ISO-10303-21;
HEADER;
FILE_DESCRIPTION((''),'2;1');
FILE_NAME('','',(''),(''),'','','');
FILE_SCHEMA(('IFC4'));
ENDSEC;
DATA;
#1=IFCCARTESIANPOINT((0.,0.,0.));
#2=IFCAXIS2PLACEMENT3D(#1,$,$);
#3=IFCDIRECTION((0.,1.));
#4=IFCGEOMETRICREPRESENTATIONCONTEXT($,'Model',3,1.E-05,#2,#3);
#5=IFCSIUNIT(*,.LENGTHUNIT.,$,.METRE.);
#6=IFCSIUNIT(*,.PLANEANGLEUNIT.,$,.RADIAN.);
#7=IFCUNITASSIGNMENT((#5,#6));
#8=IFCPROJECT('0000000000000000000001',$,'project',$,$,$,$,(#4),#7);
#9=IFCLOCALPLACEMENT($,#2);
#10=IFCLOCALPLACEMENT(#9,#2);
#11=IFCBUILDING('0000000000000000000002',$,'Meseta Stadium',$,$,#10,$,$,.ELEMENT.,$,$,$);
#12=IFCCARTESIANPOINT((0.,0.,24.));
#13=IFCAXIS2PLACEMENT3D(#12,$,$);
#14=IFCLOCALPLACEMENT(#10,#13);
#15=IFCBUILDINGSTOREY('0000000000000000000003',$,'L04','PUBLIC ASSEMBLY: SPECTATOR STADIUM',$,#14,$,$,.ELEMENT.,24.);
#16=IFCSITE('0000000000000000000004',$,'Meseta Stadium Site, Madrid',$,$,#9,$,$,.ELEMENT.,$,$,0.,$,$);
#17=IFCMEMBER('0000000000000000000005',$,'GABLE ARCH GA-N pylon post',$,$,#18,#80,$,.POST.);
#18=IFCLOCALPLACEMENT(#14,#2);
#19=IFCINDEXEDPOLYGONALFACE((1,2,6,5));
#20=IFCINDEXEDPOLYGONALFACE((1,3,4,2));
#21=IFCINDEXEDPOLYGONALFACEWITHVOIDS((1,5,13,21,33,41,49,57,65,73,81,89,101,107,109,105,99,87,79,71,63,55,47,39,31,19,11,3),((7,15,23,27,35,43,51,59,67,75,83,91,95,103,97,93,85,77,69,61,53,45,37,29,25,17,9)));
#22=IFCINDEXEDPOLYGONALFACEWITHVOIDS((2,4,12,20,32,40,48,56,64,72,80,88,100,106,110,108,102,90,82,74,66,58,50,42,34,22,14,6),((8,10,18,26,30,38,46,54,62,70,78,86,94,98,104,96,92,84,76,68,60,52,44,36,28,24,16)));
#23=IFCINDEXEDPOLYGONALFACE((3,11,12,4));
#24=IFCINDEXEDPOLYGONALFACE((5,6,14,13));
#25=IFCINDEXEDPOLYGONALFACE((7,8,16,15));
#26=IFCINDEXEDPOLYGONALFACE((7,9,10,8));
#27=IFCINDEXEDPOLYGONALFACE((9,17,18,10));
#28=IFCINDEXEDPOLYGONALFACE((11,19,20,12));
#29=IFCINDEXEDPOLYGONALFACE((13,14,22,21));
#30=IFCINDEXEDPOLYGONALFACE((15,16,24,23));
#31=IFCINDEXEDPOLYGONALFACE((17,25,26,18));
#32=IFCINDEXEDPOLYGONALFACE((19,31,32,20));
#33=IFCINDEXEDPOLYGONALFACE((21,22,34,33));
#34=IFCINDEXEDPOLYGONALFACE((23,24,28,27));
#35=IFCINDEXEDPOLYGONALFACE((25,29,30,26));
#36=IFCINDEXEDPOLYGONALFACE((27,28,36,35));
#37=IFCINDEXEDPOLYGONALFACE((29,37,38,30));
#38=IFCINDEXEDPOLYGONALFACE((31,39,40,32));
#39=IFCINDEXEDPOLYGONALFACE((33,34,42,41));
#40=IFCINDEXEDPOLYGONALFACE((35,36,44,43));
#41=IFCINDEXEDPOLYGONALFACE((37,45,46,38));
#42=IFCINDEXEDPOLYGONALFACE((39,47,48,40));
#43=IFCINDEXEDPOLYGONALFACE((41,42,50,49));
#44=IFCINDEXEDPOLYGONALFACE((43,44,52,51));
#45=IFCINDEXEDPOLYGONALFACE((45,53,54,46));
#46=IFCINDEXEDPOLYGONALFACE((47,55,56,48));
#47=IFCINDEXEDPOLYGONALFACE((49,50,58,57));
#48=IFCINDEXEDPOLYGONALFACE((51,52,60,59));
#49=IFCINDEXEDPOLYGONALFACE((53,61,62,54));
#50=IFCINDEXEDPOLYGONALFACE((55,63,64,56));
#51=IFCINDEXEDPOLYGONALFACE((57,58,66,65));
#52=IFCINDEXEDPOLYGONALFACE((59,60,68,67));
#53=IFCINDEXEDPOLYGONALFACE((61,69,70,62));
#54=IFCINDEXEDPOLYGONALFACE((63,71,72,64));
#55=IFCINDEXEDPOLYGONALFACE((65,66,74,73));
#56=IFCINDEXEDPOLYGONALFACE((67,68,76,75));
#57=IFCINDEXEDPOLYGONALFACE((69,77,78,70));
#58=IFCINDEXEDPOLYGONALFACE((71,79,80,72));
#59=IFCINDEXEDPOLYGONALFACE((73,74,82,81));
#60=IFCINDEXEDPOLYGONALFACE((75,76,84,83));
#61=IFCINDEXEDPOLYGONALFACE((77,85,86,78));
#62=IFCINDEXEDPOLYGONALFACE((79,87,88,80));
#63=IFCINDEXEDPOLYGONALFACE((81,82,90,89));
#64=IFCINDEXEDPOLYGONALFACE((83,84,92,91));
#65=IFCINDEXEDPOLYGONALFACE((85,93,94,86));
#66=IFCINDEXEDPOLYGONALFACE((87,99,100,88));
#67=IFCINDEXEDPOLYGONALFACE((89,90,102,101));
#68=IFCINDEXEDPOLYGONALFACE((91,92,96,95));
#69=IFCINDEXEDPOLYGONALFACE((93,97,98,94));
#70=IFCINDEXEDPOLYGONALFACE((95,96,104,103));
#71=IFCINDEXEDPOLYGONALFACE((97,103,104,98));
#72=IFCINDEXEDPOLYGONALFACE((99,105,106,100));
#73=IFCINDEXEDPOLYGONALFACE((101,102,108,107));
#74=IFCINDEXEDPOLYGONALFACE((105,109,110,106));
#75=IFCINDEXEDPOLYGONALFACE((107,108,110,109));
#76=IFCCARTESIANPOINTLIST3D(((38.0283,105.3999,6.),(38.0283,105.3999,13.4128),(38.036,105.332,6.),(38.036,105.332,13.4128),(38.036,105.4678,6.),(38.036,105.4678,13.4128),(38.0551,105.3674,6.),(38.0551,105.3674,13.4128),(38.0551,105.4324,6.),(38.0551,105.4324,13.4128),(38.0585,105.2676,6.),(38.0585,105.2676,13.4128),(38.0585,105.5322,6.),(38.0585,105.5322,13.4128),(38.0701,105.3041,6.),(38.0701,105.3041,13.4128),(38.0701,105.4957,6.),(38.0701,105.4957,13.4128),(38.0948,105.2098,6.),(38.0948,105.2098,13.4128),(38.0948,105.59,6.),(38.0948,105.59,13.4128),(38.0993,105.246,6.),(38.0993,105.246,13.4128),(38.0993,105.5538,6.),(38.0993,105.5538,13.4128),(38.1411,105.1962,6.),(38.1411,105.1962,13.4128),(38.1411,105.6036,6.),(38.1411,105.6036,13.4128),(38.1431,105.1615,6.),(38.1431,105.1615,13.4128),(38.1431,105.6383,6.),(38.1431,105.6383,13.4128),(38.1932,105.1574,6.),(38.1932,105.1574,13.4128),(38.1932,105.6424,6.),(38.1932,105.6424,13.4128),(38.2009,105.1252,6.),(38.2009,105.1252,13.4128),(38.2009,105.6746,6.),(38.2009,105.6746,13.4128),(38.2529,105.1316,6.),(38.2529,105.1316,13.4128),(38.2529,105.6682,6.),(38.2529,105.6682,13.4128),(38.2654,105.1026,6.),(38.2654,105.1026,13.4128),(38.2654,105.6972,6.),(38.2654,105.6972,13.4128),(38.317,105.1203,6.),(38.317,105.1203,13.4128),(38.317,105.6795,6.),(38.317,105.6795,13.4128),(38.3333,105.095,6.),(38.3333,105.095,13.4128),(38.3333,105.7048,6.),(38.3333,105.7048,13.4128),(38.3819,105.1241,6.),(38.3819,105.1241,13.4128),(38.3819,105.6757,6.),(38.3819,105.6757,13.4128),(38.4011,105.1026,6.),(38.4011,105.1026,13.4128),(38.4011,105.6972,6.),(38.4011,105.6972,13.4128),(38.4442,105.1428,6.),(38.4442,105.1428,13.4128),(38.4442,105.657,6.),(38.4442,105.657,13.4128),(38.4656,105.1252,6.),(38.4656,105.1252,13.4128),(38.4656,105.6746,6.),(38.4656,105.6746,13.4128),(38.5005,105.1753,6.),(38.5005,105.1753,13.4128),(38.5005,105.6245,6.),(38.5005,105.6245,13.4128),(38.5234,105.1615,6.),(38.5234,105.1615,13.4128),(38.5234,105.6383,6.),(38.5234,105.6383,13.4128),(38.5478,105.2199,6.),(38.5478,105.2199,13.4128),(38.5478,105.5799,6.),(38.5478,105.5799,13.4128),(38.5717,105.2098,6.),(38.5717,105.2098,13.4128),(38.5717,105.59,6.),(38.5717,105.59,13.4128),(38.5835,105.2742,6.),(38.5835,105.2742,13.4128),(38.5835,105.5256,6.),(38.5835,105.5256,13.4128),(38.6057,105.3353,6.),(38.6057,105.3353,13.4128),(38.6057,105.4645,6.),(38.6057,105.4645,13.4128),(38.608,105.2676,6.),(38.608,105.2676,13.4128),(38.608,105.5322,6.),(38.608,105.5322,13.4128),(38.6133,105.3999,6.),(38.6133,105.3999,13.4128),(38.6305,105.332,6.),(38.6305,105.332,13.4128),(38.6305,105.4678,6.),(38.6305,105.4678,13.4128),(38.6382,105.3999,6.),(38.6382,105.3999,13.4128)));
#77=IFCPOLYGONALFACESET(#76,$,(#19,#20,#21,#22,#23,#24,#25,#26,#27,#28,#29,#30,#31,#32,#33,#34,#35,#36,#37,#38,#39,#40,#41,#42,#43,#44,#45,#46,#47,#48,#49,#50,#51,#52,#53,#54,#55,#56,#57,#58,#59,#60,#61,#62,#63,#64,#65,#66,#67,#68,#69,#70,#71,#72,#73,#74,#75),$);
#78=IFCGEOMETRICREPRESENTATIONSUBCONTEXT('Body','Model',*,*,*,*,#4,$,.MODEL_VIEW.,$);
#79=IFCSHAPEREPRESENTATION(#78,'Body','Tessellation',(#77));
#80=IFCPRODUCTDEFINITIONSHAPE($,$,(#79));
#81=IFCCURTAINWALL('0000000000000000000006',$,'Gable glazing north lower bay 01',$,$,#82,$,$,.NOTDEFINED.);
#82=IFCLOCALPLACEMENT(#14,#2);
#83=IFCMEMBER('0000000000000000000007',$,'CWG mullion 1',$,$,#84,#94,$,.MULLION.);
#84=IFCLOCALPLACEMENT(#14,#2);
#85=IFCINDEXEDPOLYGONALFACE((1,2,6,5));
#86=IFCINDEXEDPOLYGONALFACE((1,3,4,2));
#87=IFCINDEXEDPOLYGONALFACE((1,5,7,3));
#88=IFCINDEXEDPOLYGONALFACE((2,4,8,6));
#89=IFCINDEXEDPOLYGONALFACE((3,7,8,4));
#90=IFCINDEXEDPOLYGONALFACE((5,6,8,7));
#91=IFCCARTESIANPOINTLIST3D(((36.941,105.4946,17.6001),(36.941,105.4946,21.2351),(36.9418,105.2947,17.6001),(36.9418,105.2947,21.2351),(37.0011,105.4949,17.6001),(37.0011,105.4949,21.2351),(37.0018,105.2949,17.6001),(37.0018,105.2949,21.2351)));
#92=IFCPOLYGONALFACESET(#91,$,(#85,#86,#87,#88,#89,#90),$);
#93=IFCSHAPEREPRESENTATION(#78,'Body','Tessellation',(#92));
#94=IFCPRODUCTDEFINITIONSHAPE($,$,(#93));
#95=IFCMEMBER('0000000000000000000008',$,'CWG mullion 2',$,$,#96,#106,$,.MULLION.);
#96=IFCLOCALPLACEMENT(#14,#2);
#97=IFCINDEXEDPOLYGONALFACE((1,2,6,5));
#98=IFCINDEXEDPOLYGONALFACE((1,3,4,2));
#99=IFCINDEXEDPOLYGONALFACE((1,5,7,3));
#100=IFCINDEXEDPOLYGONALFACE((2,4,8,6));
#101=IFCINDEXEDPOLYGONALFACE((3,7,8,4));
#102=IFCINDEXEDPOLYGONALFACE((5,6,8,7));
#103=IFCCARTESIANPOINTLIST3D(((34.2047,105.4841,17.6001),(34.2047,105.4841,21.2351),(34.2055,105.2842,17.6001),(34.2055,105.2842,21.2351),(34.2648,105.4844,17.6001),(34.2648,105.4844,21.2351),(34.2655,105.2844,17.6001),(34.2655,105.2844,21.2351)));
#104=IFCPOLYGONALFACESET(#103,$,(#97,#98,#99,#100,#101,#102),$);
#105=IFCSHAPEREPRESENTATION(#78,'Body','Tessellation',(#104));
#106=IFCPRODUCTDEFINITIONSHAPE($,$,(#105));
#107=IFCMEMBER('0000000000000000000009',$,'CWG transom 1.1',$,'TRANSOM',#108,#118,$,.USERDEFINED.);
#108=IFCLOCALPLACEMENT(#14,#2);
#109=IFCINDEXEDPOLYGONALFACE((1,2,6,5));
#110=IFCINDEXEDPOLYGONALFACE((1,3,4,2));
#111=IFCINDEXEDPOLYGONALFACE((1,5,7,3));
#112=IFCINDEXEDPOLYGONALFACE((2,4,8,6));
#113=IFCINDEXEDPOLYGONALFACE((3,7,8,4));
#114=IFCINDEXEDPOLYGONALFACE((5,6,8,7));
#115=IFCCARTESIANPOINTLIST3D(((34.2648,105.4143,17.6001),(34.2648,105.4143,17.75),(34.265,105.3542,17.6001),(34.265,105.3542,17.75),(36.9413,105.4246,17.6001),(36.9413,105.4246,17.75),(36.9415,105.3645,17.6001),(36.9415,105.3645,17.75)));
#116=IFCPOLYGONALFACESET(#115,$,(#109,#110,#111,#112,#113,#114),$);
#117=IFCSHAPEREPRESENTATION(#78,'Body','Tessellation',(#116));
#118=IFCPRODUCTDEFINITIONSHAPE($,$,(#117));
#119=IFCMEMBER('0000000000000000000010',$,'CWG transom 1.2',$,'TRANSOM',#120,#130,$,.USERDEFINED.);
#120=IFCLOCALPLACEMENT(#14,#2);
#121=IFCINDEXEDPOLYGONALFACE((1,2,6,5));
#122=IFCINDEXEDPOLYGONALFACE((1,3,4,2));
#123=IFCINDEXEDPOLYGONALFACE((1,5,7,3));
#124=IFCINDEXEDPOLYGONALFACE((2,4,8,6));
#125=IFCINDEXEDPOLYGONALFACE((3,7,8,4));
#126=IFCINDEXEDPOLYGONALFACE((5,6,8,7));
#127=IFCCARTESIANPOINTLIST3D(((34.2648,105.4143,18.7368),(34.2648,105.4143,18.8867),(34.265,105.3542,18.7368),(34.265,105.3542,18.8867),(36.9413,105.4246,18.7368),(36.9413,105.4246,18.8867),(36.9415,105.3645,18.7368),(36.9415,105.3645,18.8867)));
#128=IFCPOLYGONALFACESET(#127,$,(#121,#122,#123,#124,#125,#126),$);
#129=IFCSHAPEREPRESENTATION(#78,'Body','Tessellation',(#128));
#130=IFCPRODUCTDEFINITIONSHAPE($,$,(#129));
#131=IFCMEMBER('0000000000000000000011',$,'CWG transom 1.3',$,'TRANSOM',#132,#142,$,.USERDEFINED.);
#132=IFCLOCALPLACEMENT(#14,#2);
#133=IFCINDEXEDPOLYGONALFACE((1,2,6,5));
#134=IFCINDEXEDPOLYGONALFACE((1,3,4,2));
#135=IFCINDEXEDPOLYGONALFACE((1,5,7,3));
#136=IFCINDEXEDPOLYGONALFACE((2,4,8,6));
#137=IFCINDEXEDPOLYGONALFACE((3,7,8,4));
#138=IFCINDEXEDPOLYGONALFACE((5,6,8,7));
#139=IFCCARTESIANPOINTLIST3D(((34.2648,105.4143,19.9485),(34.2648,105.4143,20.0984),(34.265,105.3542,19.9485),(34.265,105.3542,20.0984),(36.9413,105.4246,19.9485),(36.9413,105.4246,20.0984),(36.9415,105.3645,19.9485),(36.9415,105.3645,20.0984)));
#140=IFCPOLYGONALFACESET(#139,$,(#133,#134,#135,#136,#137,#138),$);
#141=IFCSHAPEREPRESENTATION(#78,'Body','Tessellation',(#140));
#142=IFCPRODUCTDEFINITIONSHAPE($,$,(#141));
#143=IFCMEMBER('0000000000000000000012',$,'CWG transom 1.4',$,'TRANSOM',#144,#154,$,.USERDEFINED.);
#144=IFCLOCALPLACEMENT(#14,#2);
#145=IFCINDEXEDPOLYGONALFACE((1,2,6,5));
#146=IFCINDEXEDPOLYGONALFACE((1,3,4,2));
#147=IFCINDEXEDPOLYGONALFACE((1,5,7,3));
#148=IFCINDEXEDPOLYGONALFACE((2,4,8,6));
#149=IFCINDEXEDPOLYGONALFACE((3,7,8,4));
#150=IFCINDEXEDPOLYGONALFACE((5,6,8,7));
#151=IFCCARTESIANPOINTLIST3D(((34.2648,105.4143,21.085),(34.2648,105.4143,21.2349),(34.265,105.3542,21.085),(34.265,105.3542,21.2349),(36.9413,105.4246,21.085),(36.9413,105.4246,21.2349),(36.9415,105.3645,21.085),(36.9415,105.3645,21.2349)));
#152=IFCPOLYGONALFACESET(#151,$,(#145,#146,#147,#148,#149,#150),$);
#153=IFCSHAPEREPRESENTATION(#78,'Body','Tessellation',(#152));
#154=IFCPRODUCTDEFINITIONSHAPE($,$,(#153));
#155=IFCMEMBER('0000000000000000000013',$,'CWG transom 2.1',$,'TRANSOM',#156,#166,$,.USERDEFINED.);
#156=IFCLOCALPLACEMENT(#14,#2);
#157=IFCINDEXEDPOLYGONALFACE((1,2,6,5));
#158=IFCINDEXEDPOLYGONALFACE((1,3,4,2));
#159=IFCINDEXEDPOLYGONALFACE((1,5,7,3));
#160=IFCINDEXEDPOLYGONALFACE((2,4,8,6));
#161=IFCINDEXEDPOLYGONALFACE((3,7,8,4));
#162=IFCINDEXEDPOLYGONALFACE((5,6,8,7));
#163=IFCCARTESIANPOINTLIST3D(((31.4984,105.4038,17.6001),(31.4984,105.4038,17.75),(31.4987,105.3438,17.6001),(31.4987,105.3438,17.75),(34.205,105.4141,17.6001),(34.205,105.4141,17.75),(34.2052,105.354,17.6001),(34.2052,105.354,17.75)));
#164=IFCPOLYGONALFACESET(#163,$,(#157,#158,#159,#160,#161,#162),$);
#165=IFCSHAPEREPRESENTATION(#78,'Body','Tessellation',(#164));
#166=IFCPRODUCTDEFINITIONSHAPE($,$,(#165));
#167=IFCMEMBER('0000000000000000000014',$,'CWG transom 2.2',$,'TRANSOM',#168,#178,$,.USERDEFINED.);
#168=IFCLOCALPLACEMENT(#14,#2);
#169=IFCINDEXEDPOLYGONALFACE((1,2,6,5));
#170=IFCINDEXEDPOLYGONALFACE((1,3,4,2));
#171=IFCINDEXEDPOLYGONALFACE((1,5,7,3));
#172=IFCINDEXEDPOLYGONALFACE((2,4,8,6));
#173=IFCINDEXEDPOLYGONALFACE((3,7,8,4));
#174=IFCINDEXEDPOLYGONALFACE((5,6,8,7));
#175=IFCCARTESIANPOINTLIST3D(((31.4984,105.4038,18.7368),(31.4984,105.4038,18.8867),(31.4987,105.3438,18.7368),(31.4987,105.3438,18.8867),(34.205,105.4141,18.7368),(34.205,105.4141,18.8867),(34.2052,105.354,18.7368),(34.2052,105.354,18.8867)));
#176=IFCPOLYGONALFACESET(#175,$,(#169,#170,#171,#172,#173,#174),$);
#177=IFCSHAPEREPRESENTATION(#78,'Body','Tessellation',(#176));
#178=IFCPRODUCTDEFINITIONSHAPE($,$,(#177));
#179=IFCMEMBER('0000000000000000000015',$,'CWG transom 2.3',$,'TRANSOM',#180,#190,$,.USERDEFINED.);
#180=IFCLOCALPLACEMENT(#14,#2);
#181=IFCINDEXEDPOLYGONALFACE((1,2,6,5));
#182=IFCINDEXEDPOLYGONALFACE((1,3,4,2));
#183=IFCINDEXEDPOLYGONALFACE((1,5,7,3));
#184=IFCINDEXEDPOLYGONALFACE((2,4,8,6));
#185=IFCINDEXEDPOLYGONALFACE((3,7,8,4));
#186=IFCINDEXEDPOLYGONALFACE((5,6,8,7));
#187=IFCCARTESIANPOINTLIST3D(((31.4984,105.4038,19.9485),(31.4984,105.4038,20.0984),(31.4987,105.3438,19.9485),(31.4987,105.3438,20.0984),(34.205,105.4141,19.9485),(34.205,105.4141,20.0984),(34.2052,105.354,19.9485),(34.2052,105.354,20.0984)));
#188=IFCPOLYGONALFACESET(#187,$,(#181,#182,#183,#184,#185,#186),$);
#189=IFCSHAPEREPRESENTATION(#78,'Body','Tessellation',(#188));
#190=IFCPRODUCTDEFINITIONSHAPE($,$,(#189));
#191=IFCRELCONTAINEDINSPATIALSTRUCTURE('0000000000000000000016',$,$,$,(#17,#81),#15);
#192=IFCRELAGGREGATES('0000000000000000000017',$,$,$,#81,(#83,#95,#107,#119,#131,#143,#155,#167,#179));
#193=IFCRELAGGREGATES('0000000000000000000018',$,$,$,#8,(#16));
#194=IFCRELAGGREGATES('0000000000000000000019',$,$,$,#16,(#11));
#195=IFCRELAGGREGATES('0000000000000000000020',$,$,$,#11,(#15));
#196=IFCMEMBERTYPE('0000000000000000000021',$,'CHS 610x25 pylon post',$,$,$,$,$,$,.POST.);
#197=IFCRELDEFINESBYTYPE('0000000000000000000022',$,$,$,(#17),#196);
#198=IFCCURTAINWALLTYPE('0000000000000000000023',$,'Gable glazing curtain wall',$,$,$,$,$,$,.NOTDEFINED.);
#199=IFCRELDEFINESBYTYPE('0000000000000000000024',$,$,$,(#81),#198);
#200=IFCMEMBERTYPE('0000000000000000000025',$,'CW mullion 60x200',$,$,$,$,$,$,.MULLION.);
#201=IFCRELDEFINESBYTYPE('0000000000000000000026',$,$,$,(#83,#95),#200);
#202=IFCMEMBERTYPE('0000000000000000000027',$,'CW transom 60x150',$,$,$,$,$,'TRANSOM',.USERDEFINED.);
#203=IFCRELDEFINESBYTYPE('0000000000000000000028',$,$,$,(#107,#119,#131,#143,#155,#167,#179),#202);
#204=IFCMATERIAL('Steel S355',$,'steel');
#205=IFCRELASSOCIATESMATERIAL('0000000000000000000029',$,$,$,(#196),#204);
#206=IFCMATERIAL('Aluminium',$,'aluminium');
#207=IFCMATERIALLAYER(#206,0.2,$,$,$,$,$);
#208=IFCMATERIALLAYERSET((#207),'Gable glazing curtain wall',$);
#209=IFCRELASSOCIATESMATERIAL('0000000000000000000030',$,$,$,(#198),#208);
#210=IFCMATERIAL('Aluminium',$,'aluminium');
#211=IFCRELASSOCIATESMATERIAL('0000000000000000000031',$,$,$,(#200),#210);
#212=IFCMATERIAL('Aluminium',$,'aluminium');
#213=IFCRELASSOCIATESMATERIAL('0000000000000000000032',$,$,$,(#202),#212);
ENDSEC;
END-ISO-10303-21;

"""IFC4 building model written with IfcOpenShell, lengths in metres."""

from ifc_helpers import new_model, si_unit, direction, frame, origin, origin_2d, place, context, subcontext, project, spatial, rectangle, hollow_circle, extrude, material, layer, layer_set, material_profile, profile_set, type_object, element, aggregate, save


model = new_model("IFC4")

# Units and contexts
model_context = context("Model", 3, precision=1e-05, world=origin(), true_north=direction((0.0, 1.0)))
body_context = subcontext(model_context, "Body", "Model", "MODEL_VIEW")
ifc_project = project(units=[si_unit("LENGTHUNIT", "METRE"), si_unit("PLANEANGLEUNIT", "RADIAN")], contexts=[model_context])

# Site, building, storey
site_placement = place(None, origin())
site = spatial("IfcSite", under=ifc_project, at=site_placement, Name="Meseta Stadium Site, Madrid", CompositionType="ELEMENT", RefElevation=0.0)
building_placement = place(site_placement, origin())
building = spatial("IfcBuilding", under=site, at=building_placement, Name="Meseta Stadium", CompositionType="ELEMENT")
storey_placement = place(building_placement, frame((0.0, 0.0, 24.0)))
storey = spatial("IfcBuildingStorey", under=building, at=storey_placement, Name="L04", Description="PUBLIC ASSEMBLY: SPECTATOR STADIUM", CompositionType="ELEMENT", Elevation=24.0)

# Member
ifc_material_1 = material(Name="Steel S355", Category="steel")
ifc_material_profile_1 = material_profile(ifc_material_1, hollow_circle(Radius=0.3049, WallThickness=0.0249, at=origin_2d()), Name="CHS 610x25")
ifc_profile_set_1 = profile_set([ifc_material_profile_1], Name="Steel S355")
member_type_1 = type_object("IfcMemberType", Name="CHS 610x25 pylon post", PredefinedType="POST", material=ifc_profile_set_1)
member_1_placement = place(storey_placement, frame((38.3333, 105.3999, 6.0), z_axis=(0.0, 0.0, 1.0), x_axis=(1.0, 0.0, 0.0)))
element("IfcMember", 1, at=member_1_placement, inside=storey, type_object=member_type_1, Name="GABLE ARCH GA-N pylon post", PredefinedType="POST", context=body_context, shape_type="SweptSolid", body=[
    extrude(hollow_circle(Radius=0.3049, WallThickness=0.0249, at=origin_2d()), origin(), (0.0, 0.0, 1.0), 7.4128),
])

# Curtain wall, members
ifc_material_2 = material(Name="Aluminium", Category="aluminium")
ifc_layer_1 = layer(ifc_material_2, 0.2)
ifc_layer_set_1 = layer_set([ifc_layer_1], Name="Gable glazing curtain wall")
curtain_wall_type = type_object("IfcCurtainWallType", Name="Gable glazing curtain wall", PredefinedType="NOTDEFINED", material=ifc_layer_set_1)
curtain_wall_placement = place(storey_placement, origin())
curtain_wall = element("IfcCurtainWall", 2, at=curtain_wall_placement, inside=storey, type_object=curtain_wall_type, Name="Gable glazing north lower bay 01", PredefinedType="NOTDEFINED")
ifc_material_3 = material(Name="Aluminium", Category="aluminium")
ifc_material_profile_2 = material_profile(ifc_material_3, rectangle(XDim=0.2, YDim=0.0601, at=origin_2d()), Name="CW 200x60")
ifc_profile_set_2 = profile_set([ifc_material_profile_2], Name="Aluminium")
member_type_2 = type_object("IfcMemberType", Name="CW mullion 60x200", PredefinedType="MULLION", material=ifc_profile_set_2)
member_2_placement = place(storey_placement, frame((36.9714, 105.3948, 17.6001), z_axis=(0.0, 0.0, 1.0), x_axis=(0.003848, -0.999993, 0.0)))
member_2 = element("IfcMember", 3, at=member_2_placement, type_object=member_type_2, Name="CWG mullion 1", PredefinedType="MULLION", context=body_context, shape_type="SweptSolid", body=[
    extrude(rectangle(XDim=0.2, YDim=0.0601, at=origin_2d()), origin(), (0.0, 0.0, 1.0), 3.635),
])
member_3_placement = place(storey_placement, frame((34.2351, 105.3843, 17.6001), z_axis=(0.0, 0.0, 1.0), x_axis=(0.003848, -0.999993, 0.0)))
member_3 = element("IfcMember", 4, at=member_3_placement, type_object=member_type_2, Name="CWG mullion 2", PredefinedType="MULLION", context=body_context, shape_type="SweptSolid", body=[
    extrude(rectangle(XDim=0.2, YDim=0.0601, at=origin_2d()), origin(), (0.0, 0.0, 1.0), 3.635),
])
ifc_material_4 = material(Name="Aluminium", Category="aluminium")
ifc_material_profile_3 = material_profile(ifc_material_4, rectangle(XDim=0.0601, YDim=0.1499, at=origin_2d()), Name="CW 60x150")
ifc_profile_set_3 = profile_set([ifc_material_profile_3], Name="Aluminium")
member_type_3 = type_object("IfcMemberType", Name="CW transom 60x150", ElementType="TRANSOM", PredefinedType="USERDEFINED", material=ifc_profile_set_3)
member_4_placement = place(storey_placement, frame((36.9414, 105.3945, 17.675), z_axis=(-0.999993, -0.003831, 0.0), x_axis=(0.003831, -0.999993, 0.0)))
member_4 = element("IfcMember", 5, at=member_4_placement, type_object=member_type_3, Name="CWG transom 1.1", ObjectType="TRANSOM", PredefinedType="USERDEFINED", context=body_context, shape_type="SweptSolid", body=[
    extrude(rectangle(XDim=0.0601, YDim=0.1499, at=origin_2d()), origin(), (0.0, 0.0, 1.0), 2.6765),
])
member_5_placement = place(storey_placement, frame((36.9414, 105.3945, 18.8118), z_axis=(-0.999993, -0.003831, 0.0), x_axis=(0.003831, -0.999993, 0.0)))
member_5 = element("IfcMember", 6, at=member_5_placement, type_object=member_type_3, Name="CWG transom 1.2", ObjectType="TRANSOM", PredefinedType="USERDEFINED", context=body_context, shape_type="SweptSolid", body=[
    extrude(rectangle(XDim=0.0601, YDim=0.1499, at=origin_2d()), origin(), (0.0, 0.0, 1.0), 2.6765),
])
member_6_placement = place(storey_placement, frame((36.9414, 105.3945, 20.0234), z_axis=(-0.999993, -0.003831, 0.0), x_axis=(0.003831, -0.999993, 0.0)))
member_6 = element("IfcMember", 7, at=member_6_placement, type_object=member_type_3, Name="CWG transom 1.3", ObjectType="TRANSOM", PredefinedType="USERDEFINED", context=body_context, shape_type="SweptSolid", body=[
    extrude(rectangle(XDim=0.0601, YDim=0.1499, at=origin_2d()), origin(), (0.0, 0.0, 1.0), 2.6765),
])
member_7_placement = place(storey_placement, frame((36.9414, 105.3945, 21.1599), z_axis=(-0.999993, -0.003831, 0.0), x_axis=(0.003831, -0.999993, 0.0)))
member_7 = element("IfcMember", 8, at=member_7_placement, type_object=member_type_3, Name="CWG transom 1.4", ObjectType="TRANSOM", PredefinedType="USERDEFINED", context=body_context, shape_type="SweptSolid", body=[
    extrude(rectangle(XDim=0.0601, YDim=0.1499, at=origin_2d()), origin(), (0.0, 0.0, 1.0), 2.6765),
])
member_8_placement = place(storey_placement, frame((34.2051, 105.384, 17.675), z_axis=(-0.999993, -0.003789, 0.0), x_axis=(0.003789, -0.999993, 0.0)))
member_8 = element("IfcMember", 9, at=member_8_placement, type_object=member_type_3, Name="CWG transom 2.1", ObjectType="TRANSOM", PredefinedType="USERDEFINED", context=body_context, shape_type="SweptSolid", body=[
    extrude(rectangle(XDim=0.0601, YDim=0.1499, at=origin_2d()), origin(), (0.0, 0.0, 1.0), 2.7065),
])
member_9_placement = place(storey_placement, frame((34.2051, 105.384, 18.8118), z_axis=(-0.999993, -0.003789, 0.0), x_axis=(0.003789, -0.999993, 0.0)))
member_9 = element("IfcMember", 10, at=member_9_placement, type_object=member_type_3, Name="CWG transom 2.2", ObjectType="TRANSOM", PredefinedType="USERDEFINED", context=body_context, shape_type="SweptSolid", body=[
    extrude(rectangle(XDim=0.0601, YDim=0.1499, at=origin_2d()), origin(), (0.0, 0.0, 1.0), 2.7065),
])
member_10_placement = place(storey_placement, frame((34.2051, 105.384, 20.0234), z_axis=(-0.999993, -0.003789, 0.0), x_axis=(0.003789, -0.999993, 0.0)))
member_10 = element("IfcMember", 11, at=member_10_placement, type_object=member_type_3, Name="CWG transom 2.3", ObjectType="TRANSOM", PredefinedType="USERDEFINED", context=body_context, shape_type="SweptSolid", body=[
    extrude(rectangle(XDim=0.0601, YDim=0.1499, at=origin_2d()), origin(), (0.0, 0.0, 1.0), 2.7065),
])

aggregate(curtain_wall, [member_2, member_3, member_4, member_5, member_6, member_7, member_8, member_9, member_10])

save(model, "model.ifc")
